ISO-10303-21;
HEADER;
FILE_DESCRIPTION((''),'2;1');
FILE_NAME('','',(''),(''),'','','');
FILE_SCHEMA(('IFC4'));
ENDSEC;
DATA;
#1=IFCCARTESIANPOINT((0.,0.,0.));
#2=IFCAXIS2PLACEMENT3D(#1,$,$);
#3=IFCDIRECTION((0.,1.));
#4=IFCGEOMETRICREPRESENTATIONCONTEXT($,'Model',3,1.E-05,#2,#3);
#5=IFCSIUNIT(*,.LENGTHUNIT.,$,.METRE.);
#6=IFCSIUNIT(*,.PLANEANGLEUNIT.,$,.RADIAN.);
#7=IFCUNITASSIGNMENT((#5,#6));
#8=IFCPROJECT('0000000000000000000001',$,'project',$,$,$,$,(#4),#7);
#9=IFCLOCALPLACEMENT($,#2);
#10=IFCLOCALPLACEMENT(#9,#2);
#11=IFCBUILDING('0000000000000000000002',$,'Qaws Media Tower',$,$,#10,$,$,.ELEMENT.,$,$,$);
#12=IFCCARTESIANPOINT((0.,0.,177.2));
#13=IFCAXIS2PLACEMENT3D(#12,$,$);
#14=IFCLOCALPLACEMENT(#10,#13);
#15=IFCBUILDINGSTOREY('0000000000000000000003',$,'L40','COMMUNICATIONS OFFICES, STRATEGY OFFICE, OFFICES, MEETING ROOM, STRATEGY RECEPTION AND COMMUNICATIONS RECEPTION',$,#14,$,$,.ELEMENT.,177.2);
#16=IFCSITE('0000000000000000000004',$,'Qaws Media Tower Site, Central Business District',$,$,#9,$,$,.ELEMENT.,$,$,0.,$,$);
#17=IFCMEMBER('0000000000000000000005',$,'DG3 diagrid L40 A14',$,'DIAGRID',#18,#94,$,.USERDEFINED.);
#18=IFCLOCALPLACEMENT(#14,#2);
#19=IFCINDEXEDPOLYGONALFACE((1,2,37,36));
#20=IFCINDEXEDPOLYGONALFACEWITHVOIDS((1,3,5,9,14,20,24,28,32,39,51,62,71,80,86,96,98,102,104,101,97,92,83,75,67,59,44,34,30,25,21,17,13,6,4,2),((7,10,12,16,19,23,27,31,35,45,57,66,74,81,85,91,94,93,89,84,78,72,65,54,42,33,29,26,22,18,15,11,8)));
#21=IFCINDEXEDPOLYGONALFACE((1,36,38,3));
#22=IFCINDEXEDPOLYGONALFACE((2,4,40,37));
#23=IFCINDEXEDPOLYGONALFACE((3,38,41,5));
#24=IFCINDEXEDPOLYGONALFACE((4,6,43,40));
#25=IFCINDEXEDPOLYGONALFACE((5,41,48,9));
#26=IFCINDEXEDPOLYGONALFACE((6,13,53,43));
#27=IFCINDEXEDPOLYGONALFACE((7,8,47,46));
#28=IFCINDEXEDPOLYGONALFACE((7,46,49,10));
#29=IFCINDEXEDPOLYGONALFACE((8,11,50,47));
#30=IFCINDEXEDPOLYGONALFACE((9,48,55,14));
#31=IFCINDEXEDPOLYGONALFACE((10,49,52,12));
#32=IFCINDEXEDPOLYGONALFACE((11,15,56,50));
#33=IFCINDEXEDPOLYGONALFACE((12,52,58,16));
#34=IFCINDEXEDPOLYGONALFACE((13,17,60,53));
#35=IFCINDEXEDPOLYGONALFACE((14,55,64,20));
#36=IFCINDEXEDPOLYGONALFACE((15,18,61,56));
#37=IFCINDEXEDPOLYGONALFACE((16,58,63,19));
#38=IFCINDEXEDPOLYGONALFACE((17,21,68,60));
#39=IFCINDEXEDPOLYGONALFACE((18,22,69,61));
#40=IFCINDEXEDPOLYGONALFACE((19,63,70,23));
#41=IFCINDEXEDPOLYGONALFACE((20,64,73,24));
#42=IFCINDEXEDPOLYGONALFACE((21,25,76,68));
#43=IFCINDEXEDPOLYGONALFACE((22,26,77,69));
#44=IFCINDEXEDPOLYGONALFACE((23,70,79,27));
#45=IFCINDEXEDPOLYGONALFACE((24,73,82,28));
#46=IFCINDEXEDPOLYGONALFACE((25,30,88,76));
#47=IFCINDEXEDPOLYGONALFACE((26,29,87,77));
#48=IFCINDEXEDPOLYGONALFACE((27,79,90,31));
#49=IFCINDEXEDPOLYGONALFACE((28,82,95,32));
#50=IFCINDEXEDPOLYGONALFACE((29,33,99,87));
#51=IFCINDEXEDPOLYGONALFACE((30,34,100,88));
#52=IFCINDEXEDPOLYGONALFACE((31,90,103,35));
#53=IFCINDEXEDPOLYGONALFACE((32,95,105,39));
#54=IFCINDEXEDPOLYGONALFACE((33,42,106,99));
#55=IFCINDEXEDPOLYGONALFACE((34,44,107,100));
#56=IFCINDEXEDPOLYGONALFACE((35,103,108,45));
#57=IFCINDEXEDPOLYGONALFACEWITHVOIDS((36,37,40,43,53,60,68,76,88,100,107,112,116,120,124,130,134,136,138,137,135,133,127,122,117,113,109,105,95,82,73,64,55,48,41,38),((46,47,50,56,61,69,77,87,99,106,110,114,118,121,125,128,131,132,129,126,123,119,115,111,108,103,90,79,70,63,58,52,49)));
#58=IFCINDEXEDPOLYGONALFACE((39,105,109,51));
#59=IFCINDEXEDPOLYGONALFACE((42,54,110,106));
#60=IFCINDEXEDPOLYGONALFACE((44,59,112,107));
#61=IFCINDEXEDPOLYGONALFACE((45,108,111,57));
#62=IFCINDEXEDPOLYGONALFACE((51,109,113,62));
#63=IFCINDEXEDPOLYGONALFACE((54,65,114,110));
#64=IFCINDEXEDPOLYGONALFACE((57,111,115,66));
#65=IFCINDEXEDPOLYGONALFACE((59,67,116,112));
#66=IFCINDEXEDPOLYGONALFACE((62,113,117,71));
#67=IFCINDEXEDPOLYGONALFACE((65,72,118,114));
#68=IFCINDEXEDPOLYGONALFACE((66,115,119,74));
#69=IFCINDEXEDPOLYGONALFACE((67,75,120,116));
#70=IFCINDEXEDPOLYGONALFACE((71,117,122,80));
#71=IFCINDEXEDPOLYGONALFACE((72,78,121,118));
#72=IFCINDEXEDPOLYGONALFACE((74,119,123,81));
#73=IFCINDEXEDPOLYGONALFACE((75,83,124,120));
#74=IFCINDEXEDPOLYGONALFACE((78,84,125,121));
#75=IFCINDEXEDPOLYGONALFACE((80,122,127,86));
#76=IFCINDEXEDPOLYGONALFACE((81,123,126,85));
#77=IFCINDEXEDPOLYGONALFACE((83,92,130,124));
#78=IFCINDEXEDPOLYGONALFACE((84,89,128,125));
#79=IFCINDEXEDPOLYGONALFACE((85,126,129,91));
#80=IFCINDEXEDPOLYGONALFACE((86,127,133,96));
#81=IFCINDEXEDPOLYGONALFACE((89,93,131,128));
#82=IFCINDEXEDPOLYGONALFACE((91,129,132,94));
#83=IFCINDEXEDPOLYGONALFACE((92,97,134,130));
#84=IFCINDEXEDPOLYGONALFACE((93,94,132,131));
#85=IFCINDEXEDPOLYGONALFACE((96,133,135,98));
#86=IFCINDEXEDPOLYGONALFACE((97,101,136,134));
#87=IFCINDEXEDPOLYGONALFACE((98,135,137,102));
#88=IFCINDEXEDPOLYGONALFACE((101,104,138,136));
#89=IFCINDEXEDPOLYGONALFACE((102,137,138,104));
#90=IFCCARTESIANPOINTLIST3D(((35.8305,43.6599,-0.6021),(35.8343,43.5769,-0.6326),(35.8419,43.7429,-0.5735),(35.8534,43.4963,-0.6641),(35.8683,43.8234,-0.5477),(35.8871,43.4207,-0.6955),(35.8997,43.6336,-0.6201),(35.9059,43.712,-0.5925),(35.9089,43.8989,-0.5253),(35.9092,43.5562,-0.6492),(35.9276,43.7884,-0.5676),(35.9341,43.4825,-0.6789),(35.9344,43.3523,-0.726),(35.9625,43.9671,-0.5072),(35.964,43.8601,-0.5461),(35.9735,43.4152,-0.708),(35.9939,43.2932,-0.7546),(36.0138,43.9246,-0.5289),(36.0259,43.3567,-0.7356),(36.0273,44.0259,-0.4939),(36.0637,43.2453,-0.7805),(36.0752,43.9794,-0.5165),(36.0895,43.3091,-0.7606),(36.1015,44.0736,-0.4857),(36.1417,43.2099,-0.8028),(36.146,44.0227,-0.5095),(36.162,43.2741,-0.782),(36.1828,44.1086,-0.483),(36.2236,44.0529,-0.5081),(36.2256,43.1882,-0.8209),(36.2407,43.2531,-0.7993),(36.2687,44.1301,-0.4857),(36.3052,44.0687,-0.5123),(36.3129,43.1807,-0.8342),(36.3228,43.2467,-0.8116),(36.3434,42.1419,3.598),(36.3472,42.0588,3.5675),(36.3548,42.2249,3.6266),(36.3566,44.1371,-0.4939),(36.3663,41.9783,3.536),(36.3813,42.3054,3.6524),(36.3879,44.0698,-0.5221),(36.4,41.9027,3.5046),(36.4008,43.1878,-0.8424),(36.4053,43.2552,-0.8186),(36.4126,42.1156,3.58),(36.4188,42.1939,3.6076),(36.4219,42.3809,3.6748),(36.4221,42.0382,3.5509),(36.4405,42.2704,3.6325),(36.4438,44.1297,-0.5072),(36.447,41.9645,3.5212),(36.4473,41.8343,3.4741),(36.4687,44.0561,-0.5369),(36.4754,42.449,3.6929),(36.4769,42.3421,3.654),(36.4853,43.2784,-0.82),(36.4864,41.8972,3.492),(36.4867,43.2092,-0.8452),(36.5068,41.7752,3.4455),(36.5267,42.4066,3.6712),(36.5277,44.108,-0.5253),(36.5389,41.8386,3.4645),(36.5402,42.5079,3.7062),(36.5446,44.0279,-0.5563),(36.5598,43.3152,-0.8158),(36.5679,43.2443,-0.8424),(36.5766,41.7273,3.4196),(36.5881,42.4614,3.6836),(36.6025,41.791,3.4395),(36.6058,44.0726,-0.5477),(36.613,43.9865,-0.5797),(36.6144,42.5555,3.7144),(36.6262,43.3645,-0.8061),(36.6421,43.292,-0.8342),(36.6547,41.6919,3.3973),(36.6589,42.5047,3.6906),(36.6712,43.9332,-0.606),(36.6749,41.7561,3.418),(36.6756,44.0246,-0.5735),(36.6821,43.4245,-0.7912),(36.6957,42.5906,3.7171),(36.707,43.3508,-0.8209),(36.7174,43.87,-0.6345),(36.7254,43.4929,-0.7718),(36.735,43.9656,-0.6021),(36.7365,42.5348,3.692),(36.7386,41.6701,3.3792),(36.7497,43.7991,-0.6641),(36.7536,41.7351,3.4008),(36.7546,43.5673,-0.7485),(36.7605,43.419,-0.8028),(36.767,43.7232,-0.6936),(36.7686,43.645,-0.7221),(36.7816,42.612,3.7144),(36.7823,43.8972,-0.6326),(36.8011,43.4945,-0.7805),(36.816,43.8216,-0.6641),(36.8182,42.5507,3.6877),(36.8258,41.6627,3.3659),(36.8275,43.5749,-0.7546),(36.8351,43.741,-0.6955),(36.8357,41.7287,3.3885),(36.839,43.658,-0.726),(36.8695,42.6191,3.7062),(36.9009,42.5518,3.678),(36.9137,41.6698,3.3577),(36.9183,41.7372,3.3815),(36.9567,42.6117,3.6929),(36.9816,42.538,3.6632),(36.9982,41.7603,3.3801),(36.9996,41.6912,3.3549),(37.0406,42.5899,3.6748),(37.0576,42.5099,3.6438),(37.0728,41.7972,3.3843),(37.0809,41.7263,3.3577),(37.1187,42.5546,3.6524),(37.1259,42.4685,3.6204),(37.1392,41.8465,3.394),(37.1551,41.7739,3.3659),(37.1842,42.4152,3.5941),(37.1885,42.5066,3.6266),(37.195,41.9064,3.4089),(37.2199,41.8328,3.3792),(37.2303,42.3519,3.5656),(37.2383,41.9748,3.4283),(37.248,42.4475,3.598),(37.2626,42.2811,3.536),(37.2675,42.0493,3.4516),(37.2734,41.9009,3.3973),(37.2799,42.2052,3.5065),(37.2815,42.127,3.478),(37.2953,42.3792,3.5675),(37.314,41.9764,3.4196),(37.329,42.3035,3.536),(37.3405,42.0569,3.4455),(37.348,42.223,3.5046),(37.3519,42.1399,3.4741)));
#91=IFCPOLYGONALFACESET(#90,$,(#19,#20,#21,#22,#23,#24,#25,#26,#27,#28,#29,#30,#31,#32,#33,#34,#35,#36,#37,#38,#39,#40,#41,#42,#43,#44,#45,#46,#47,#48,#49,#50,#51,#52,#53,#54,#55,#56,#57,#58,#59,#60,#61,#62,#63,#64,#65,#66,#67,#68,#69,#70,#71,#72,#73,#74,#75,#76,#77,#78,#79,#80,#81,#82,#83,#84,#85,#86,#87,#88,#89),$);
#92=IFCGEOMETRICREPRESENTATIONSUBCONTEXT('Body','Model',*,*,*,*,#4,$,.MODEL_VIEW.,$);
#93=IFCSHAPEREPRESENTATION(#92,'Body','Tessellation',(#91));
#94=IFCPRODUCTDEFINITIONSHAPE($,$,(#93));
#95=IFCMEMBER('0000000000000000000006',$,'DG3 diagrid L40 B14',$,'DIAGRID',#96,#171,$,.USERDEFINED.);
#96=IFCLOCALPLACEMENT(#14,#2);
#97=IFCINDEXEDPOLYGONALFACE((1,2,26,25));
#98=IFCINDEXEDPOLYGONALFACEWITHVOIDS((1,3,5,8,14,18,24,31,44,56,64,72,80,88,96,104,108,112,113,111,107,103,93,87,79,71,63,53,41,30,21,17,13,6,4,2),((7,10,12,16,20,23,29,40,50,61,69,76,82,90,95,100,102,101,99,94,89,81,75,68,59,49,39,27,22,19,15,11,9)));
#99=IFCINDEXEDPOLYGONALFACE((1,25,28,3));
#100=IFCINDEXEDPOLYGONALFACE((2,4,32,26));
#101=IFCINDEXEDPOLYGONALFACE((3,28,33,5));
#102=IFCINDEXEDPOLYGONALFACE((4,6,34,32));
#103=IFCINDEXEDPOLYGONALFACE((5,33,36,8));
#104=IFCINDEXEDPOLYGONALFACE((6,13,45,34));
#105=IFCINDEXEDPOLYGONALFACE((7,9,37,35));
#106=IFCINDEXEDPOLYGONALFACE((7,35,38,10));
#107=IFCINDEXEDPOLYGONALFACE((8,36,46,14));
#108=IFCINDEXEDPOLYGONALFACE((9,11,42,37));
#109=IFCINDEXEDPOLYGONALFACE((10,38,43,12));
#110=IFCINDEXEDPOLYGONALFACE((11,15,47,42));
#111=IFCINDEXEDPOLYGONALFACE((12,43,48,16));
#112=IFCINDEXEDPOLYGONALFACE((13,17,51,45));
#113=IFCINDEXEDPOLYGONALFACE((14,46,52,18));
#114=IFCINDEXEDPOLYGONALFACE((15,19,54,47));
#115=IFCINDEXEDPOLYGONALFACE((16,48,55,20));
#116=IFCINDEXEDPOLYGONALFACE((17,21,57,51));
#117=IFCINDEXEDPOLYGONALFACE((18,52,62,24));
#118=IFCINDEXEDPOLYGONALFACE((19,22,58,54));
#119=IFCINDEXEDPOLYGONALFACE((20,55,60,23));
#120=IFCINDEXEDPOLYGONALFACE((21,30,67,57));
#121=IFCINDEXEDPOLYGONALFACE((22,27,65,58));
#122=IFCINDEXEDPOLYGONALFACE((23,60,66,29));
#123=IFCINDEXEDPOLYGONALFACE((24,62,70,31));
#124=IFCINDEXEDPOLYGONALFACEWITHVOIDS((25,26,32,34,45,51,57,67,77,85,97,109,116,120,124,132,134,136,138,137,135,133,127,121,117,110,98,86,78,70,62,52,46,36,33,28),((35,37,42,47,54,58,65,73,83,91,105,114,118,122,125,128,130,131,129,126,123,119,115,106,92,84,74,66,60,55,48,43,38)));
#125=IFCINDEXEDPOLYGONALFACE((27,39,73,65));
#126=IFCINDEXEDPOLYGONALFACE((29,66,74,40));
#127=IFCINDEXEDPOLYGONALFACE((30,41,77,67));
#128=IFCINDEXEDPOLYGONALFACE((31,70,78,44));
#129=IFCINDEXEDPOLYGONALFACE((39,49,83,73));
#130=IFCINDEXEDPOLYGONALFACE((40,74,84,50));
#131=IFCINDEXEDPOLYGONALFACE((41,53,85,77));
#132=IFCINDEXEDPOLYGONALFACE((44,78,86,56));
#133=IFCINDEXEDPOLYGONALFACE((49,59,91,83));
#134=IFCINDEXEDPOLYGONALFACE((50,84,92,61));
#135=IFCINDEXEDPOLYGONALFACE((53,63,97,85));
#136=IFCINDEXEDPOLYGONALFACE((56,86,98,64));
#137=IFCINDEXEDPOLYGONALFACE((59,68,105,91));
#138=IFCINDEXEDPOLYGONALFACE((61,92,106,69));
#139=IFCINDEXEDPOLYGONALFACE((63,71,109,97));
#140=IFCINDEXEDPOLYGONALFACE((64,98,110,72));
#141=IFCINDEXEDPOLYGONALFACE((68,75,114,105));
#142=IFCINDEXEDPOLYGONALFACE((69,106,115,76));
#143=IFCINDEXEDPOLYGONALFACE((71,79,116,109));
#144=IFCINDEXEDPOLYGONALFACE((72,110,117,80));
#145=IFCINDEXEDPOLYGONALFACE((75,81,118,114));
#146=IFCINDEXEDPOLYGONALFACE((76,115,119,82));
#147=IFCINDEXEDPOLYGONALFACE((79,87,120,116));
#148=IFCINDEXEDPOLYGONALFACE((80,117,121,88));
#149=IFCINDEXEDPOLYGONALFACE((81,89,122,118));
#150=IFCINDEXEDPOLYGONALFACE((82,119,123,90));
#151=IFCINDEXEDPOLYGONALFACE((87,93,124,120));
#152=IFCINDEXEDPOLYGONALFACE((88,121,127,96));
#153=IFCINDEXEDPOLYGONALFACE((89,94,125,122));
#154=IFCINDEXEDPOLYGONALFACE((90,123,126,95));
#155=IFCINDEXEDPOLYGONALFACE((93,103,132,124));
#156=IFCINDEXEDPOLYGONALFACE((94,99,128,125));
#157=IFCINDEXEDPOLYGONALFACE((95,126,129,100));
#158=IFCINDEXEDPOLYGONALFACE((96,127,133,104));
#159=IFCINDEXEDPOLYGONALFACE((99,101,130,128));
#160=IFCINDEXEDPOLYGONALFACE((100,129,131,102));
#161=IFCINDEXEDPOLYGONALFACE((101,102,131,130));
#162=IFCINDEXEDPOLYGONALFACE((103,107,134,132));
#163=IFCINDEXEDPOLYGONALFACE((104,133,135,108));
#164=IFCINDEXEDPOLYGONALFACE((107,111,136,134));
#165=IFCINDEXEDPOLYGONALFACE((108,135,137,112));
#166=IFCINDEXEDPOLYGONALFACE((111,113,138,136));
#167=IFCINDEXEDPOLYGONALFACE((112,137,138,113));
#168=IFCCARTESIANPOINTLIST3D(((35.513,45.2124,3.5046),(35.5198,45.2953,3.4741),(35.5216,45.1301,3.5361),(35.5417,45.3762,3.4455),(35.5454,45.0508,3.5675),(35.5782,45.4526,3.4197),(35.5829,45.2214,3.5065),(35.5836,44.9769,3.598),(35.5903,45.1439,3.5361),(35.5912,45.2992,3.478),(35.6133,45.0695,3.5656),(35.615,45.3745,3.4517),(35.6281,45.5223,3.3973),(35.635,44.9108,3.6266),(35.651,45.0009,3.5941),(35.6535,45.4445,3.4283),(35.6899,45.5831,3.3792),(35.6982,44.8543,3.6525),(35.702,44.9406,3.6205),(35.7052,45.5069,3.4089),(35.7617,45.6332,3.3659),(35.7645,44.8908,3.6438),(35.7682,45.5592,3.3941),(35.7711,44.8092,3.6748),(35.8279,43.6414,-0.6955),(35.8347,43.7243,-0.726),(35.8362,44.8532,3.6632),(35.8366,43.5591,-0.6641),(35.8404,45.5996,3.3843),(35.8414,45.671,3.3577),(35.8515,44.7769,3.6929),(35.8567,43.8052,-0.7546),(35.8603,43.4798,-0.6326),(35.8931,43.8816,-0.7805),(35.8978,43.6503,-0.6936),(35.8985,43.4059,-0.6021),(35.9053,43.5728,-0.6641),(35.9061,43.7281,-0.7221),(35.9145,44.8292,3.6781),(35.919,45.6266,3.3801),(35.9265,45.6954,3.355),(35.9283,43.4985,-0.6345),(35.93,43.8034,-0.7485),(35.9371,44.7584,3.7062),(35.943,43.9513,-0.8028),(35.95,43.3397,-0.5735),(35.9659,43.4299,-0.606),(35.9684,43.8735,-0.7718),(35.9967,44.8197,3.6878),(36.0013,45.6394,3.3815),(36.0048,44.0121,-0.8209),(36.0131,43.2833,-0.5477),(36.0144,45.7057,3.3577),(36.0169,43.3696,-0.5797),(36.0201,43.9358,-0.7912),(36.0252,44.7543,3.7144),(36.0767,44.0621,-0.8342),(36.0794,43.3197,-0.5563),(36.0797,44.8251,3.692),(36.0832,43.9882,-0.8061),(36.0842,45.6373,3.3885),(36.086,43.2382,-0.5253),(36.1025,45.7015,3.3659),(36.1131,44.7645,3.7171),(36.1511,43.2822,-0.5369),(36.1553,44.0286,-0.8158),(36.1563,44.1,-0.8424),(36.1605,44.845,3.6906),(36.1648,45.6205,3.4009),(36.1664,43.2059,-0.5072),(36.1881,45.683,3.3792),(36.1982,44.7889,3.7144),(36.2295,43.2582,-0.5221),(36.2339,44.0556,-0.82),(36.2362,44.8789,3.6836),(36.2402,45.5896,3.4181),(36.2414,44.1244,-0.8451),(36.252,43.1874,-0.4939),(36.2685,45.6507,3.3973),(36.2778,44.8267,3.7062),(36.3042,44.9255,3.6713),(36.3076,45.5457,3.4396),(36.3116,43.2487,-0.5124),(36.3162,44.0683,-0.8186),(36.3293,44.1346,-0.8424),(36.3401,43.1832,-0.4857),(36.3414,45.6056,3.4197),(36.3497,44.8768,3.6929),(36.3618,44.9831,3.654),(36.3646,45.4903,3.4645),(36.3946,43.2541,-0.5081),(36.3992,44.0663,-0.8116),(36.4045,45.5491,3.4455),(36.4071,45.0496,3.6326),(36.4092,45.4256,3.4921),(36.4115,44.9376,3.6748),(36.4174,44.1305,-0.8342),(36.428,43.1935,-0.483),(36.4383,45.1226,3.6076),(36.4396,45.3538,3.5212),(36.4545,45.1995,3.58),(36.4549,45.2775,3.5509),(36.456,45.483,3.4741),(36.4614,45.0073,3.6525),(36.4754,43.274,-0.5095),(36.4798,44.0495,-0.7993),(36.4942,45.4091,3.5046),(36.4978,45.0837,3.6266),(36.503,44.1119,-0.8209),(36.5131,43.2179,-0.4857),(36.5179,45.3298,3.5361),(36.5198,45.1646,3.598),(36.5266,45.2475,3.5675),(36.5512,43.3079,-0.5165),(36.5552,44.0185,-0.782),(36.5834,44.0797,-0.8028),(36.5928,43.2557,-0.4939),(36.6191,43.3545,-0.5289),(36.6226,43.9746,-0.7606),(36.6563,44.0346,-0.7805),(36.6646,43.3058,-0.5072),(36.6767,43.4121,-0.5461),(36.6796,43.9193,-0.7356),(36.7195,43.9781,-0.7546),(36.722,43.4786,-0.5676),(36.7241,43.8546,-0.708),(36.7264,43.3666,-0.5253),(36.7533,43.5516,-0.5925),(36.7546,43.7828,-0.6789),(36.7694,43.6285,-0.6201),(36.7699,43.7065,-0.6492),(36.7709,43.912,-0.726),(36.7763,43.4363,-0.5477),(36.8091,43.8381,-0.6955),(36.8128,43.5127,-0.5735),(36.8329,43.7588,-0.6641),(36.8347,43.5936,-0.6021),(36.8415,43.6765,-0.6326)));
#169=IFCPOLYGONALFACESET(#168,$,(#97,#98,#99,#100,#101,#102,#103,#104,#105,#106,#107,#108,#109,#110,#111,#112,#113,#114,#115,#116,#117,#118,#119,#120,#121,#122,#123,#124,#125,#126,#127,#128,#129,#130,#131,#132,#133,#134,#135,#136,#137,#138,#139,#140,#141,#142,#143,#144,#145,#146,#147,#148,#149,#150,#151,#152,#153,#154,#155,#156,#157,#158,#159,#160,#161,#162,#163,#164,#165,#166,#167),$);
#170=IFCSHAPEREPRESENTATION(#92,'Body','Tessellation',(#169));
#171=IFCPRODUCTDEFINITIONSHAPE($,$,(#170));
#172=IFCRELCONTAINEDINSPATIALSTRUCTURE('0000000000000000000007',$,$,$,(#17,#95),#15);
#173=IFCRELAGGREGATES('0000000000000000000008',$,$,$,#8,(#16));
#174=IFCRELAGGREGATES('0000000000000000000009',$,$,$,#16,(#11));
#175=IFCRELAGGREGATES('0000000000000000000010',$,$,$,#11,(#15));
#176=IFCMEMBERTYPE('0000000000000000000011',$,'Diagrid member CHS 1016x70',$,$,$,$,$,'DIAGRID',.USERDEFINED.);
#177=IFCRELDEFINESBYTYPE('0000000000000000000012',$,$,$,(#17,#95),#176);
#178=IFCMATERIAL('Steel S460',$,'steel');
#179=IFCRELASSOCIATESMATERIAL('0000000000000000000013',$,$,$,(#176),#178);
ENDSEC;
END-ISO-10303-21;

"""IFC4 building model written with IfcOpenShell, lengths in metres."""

from ifc_helpers import new_model, si_unit, direction, frame, origin, origin_2d, place, context, subcontext, project, spatial, hollow_circle, extrude, material, material_profile, profile_set, type_object, element, save


model = new_model("IFC4")

# Units and contexts
model_context = context("Model", 3, precision=1e-05, world=origin(), true_north=direction((0.0, 1.0)))
body_context = subcontext(model_context, "Body", "Model", "MODEL_VIEW")
ifc_project = project(units=[si_unit("LENGTHUNIT", "METRE"), si_unit("PLANEANGLEUNIT", "RADIAN")], contexts=[model_context])

# Site, building, storey
site_placement = place(None, origin())
site = spatial("IfcSite", under=ifc_project, at=site_placement, Name="Qaws Media Tower Site, Central Business District", CompositionType="ELEMENT", RefElevation=0.0)
building_placement = place(site_placement, origin())
building = spatial("IfcBuilding", under=site, at=building_placement, Name="Qaws Media Tower", CompositionType="ELEMENT")
storey_placement = place(building_placement, frame((0.0, 0.0, 177.2)))
storey = spatial("IfcBuildingStorey", under=building, at=storey_placement, Name="L40", Description="COMMUNICATIONS OFFICES, STRATEGY OFFICE, OFFICES, MEETING ROOM, STRATEGY RECEPTION AND COMMUNICATIONS RECEPTION", CompositionType="ELEMENT", Elevation=177.2)

# Members
ifc_material_1 = material(Name="Steel S460", Category="steel")
ifc_material_profile_1 = material_profile(ifc_material_1, hollow_circle(Radius=0.5081, WallThickness=0.0701, at=origin_2d()), Name="CHS 1016x70")
ifc_profile_set_1 = profile_set([ifc_material_profile_1], Name="Steel S460")
member_type_1 = type_object("IfcMemberType", Name="Diagrid member CHS 1016x70", ElementType="DIAGRID", PredefinedType="USERDEFINED", material=ifc_profile_set_1)
for number, where, z_axis, x_axis, name in (
    (1, (36.3347, 43.6589, -0.6641), (0.114101, -0.337688, 0.934317), (0.94738, 0.32011, 0.0), "DG3 diagrid L40 A14"),
    (2, (36.3347, 43.6589, -0.6641), (-0.070058, 0.349475, 0.934323), (-0.980493, -0.196556, 0.0), "DG3 diagrid L40 B14"),
):
    element("IfcMember", number, at=place(storey_placement, frame(where, z_axis=z_axis, x_axis=x_axis)), inside=storey, type_object=member_type_1, Name=name, ObjectType="DIAGRID", PredefinedType="USERDEFINED", context=body_context, shape_type="SweptSolid", body=[
        extrude(hollow_circle(Radius=0.5081, WallThickness=0.0701, at=origin_2d()), origin(), (0.0, 0.0, 1.0), 4.4954),
    ])

save(model, "model.ifc")
